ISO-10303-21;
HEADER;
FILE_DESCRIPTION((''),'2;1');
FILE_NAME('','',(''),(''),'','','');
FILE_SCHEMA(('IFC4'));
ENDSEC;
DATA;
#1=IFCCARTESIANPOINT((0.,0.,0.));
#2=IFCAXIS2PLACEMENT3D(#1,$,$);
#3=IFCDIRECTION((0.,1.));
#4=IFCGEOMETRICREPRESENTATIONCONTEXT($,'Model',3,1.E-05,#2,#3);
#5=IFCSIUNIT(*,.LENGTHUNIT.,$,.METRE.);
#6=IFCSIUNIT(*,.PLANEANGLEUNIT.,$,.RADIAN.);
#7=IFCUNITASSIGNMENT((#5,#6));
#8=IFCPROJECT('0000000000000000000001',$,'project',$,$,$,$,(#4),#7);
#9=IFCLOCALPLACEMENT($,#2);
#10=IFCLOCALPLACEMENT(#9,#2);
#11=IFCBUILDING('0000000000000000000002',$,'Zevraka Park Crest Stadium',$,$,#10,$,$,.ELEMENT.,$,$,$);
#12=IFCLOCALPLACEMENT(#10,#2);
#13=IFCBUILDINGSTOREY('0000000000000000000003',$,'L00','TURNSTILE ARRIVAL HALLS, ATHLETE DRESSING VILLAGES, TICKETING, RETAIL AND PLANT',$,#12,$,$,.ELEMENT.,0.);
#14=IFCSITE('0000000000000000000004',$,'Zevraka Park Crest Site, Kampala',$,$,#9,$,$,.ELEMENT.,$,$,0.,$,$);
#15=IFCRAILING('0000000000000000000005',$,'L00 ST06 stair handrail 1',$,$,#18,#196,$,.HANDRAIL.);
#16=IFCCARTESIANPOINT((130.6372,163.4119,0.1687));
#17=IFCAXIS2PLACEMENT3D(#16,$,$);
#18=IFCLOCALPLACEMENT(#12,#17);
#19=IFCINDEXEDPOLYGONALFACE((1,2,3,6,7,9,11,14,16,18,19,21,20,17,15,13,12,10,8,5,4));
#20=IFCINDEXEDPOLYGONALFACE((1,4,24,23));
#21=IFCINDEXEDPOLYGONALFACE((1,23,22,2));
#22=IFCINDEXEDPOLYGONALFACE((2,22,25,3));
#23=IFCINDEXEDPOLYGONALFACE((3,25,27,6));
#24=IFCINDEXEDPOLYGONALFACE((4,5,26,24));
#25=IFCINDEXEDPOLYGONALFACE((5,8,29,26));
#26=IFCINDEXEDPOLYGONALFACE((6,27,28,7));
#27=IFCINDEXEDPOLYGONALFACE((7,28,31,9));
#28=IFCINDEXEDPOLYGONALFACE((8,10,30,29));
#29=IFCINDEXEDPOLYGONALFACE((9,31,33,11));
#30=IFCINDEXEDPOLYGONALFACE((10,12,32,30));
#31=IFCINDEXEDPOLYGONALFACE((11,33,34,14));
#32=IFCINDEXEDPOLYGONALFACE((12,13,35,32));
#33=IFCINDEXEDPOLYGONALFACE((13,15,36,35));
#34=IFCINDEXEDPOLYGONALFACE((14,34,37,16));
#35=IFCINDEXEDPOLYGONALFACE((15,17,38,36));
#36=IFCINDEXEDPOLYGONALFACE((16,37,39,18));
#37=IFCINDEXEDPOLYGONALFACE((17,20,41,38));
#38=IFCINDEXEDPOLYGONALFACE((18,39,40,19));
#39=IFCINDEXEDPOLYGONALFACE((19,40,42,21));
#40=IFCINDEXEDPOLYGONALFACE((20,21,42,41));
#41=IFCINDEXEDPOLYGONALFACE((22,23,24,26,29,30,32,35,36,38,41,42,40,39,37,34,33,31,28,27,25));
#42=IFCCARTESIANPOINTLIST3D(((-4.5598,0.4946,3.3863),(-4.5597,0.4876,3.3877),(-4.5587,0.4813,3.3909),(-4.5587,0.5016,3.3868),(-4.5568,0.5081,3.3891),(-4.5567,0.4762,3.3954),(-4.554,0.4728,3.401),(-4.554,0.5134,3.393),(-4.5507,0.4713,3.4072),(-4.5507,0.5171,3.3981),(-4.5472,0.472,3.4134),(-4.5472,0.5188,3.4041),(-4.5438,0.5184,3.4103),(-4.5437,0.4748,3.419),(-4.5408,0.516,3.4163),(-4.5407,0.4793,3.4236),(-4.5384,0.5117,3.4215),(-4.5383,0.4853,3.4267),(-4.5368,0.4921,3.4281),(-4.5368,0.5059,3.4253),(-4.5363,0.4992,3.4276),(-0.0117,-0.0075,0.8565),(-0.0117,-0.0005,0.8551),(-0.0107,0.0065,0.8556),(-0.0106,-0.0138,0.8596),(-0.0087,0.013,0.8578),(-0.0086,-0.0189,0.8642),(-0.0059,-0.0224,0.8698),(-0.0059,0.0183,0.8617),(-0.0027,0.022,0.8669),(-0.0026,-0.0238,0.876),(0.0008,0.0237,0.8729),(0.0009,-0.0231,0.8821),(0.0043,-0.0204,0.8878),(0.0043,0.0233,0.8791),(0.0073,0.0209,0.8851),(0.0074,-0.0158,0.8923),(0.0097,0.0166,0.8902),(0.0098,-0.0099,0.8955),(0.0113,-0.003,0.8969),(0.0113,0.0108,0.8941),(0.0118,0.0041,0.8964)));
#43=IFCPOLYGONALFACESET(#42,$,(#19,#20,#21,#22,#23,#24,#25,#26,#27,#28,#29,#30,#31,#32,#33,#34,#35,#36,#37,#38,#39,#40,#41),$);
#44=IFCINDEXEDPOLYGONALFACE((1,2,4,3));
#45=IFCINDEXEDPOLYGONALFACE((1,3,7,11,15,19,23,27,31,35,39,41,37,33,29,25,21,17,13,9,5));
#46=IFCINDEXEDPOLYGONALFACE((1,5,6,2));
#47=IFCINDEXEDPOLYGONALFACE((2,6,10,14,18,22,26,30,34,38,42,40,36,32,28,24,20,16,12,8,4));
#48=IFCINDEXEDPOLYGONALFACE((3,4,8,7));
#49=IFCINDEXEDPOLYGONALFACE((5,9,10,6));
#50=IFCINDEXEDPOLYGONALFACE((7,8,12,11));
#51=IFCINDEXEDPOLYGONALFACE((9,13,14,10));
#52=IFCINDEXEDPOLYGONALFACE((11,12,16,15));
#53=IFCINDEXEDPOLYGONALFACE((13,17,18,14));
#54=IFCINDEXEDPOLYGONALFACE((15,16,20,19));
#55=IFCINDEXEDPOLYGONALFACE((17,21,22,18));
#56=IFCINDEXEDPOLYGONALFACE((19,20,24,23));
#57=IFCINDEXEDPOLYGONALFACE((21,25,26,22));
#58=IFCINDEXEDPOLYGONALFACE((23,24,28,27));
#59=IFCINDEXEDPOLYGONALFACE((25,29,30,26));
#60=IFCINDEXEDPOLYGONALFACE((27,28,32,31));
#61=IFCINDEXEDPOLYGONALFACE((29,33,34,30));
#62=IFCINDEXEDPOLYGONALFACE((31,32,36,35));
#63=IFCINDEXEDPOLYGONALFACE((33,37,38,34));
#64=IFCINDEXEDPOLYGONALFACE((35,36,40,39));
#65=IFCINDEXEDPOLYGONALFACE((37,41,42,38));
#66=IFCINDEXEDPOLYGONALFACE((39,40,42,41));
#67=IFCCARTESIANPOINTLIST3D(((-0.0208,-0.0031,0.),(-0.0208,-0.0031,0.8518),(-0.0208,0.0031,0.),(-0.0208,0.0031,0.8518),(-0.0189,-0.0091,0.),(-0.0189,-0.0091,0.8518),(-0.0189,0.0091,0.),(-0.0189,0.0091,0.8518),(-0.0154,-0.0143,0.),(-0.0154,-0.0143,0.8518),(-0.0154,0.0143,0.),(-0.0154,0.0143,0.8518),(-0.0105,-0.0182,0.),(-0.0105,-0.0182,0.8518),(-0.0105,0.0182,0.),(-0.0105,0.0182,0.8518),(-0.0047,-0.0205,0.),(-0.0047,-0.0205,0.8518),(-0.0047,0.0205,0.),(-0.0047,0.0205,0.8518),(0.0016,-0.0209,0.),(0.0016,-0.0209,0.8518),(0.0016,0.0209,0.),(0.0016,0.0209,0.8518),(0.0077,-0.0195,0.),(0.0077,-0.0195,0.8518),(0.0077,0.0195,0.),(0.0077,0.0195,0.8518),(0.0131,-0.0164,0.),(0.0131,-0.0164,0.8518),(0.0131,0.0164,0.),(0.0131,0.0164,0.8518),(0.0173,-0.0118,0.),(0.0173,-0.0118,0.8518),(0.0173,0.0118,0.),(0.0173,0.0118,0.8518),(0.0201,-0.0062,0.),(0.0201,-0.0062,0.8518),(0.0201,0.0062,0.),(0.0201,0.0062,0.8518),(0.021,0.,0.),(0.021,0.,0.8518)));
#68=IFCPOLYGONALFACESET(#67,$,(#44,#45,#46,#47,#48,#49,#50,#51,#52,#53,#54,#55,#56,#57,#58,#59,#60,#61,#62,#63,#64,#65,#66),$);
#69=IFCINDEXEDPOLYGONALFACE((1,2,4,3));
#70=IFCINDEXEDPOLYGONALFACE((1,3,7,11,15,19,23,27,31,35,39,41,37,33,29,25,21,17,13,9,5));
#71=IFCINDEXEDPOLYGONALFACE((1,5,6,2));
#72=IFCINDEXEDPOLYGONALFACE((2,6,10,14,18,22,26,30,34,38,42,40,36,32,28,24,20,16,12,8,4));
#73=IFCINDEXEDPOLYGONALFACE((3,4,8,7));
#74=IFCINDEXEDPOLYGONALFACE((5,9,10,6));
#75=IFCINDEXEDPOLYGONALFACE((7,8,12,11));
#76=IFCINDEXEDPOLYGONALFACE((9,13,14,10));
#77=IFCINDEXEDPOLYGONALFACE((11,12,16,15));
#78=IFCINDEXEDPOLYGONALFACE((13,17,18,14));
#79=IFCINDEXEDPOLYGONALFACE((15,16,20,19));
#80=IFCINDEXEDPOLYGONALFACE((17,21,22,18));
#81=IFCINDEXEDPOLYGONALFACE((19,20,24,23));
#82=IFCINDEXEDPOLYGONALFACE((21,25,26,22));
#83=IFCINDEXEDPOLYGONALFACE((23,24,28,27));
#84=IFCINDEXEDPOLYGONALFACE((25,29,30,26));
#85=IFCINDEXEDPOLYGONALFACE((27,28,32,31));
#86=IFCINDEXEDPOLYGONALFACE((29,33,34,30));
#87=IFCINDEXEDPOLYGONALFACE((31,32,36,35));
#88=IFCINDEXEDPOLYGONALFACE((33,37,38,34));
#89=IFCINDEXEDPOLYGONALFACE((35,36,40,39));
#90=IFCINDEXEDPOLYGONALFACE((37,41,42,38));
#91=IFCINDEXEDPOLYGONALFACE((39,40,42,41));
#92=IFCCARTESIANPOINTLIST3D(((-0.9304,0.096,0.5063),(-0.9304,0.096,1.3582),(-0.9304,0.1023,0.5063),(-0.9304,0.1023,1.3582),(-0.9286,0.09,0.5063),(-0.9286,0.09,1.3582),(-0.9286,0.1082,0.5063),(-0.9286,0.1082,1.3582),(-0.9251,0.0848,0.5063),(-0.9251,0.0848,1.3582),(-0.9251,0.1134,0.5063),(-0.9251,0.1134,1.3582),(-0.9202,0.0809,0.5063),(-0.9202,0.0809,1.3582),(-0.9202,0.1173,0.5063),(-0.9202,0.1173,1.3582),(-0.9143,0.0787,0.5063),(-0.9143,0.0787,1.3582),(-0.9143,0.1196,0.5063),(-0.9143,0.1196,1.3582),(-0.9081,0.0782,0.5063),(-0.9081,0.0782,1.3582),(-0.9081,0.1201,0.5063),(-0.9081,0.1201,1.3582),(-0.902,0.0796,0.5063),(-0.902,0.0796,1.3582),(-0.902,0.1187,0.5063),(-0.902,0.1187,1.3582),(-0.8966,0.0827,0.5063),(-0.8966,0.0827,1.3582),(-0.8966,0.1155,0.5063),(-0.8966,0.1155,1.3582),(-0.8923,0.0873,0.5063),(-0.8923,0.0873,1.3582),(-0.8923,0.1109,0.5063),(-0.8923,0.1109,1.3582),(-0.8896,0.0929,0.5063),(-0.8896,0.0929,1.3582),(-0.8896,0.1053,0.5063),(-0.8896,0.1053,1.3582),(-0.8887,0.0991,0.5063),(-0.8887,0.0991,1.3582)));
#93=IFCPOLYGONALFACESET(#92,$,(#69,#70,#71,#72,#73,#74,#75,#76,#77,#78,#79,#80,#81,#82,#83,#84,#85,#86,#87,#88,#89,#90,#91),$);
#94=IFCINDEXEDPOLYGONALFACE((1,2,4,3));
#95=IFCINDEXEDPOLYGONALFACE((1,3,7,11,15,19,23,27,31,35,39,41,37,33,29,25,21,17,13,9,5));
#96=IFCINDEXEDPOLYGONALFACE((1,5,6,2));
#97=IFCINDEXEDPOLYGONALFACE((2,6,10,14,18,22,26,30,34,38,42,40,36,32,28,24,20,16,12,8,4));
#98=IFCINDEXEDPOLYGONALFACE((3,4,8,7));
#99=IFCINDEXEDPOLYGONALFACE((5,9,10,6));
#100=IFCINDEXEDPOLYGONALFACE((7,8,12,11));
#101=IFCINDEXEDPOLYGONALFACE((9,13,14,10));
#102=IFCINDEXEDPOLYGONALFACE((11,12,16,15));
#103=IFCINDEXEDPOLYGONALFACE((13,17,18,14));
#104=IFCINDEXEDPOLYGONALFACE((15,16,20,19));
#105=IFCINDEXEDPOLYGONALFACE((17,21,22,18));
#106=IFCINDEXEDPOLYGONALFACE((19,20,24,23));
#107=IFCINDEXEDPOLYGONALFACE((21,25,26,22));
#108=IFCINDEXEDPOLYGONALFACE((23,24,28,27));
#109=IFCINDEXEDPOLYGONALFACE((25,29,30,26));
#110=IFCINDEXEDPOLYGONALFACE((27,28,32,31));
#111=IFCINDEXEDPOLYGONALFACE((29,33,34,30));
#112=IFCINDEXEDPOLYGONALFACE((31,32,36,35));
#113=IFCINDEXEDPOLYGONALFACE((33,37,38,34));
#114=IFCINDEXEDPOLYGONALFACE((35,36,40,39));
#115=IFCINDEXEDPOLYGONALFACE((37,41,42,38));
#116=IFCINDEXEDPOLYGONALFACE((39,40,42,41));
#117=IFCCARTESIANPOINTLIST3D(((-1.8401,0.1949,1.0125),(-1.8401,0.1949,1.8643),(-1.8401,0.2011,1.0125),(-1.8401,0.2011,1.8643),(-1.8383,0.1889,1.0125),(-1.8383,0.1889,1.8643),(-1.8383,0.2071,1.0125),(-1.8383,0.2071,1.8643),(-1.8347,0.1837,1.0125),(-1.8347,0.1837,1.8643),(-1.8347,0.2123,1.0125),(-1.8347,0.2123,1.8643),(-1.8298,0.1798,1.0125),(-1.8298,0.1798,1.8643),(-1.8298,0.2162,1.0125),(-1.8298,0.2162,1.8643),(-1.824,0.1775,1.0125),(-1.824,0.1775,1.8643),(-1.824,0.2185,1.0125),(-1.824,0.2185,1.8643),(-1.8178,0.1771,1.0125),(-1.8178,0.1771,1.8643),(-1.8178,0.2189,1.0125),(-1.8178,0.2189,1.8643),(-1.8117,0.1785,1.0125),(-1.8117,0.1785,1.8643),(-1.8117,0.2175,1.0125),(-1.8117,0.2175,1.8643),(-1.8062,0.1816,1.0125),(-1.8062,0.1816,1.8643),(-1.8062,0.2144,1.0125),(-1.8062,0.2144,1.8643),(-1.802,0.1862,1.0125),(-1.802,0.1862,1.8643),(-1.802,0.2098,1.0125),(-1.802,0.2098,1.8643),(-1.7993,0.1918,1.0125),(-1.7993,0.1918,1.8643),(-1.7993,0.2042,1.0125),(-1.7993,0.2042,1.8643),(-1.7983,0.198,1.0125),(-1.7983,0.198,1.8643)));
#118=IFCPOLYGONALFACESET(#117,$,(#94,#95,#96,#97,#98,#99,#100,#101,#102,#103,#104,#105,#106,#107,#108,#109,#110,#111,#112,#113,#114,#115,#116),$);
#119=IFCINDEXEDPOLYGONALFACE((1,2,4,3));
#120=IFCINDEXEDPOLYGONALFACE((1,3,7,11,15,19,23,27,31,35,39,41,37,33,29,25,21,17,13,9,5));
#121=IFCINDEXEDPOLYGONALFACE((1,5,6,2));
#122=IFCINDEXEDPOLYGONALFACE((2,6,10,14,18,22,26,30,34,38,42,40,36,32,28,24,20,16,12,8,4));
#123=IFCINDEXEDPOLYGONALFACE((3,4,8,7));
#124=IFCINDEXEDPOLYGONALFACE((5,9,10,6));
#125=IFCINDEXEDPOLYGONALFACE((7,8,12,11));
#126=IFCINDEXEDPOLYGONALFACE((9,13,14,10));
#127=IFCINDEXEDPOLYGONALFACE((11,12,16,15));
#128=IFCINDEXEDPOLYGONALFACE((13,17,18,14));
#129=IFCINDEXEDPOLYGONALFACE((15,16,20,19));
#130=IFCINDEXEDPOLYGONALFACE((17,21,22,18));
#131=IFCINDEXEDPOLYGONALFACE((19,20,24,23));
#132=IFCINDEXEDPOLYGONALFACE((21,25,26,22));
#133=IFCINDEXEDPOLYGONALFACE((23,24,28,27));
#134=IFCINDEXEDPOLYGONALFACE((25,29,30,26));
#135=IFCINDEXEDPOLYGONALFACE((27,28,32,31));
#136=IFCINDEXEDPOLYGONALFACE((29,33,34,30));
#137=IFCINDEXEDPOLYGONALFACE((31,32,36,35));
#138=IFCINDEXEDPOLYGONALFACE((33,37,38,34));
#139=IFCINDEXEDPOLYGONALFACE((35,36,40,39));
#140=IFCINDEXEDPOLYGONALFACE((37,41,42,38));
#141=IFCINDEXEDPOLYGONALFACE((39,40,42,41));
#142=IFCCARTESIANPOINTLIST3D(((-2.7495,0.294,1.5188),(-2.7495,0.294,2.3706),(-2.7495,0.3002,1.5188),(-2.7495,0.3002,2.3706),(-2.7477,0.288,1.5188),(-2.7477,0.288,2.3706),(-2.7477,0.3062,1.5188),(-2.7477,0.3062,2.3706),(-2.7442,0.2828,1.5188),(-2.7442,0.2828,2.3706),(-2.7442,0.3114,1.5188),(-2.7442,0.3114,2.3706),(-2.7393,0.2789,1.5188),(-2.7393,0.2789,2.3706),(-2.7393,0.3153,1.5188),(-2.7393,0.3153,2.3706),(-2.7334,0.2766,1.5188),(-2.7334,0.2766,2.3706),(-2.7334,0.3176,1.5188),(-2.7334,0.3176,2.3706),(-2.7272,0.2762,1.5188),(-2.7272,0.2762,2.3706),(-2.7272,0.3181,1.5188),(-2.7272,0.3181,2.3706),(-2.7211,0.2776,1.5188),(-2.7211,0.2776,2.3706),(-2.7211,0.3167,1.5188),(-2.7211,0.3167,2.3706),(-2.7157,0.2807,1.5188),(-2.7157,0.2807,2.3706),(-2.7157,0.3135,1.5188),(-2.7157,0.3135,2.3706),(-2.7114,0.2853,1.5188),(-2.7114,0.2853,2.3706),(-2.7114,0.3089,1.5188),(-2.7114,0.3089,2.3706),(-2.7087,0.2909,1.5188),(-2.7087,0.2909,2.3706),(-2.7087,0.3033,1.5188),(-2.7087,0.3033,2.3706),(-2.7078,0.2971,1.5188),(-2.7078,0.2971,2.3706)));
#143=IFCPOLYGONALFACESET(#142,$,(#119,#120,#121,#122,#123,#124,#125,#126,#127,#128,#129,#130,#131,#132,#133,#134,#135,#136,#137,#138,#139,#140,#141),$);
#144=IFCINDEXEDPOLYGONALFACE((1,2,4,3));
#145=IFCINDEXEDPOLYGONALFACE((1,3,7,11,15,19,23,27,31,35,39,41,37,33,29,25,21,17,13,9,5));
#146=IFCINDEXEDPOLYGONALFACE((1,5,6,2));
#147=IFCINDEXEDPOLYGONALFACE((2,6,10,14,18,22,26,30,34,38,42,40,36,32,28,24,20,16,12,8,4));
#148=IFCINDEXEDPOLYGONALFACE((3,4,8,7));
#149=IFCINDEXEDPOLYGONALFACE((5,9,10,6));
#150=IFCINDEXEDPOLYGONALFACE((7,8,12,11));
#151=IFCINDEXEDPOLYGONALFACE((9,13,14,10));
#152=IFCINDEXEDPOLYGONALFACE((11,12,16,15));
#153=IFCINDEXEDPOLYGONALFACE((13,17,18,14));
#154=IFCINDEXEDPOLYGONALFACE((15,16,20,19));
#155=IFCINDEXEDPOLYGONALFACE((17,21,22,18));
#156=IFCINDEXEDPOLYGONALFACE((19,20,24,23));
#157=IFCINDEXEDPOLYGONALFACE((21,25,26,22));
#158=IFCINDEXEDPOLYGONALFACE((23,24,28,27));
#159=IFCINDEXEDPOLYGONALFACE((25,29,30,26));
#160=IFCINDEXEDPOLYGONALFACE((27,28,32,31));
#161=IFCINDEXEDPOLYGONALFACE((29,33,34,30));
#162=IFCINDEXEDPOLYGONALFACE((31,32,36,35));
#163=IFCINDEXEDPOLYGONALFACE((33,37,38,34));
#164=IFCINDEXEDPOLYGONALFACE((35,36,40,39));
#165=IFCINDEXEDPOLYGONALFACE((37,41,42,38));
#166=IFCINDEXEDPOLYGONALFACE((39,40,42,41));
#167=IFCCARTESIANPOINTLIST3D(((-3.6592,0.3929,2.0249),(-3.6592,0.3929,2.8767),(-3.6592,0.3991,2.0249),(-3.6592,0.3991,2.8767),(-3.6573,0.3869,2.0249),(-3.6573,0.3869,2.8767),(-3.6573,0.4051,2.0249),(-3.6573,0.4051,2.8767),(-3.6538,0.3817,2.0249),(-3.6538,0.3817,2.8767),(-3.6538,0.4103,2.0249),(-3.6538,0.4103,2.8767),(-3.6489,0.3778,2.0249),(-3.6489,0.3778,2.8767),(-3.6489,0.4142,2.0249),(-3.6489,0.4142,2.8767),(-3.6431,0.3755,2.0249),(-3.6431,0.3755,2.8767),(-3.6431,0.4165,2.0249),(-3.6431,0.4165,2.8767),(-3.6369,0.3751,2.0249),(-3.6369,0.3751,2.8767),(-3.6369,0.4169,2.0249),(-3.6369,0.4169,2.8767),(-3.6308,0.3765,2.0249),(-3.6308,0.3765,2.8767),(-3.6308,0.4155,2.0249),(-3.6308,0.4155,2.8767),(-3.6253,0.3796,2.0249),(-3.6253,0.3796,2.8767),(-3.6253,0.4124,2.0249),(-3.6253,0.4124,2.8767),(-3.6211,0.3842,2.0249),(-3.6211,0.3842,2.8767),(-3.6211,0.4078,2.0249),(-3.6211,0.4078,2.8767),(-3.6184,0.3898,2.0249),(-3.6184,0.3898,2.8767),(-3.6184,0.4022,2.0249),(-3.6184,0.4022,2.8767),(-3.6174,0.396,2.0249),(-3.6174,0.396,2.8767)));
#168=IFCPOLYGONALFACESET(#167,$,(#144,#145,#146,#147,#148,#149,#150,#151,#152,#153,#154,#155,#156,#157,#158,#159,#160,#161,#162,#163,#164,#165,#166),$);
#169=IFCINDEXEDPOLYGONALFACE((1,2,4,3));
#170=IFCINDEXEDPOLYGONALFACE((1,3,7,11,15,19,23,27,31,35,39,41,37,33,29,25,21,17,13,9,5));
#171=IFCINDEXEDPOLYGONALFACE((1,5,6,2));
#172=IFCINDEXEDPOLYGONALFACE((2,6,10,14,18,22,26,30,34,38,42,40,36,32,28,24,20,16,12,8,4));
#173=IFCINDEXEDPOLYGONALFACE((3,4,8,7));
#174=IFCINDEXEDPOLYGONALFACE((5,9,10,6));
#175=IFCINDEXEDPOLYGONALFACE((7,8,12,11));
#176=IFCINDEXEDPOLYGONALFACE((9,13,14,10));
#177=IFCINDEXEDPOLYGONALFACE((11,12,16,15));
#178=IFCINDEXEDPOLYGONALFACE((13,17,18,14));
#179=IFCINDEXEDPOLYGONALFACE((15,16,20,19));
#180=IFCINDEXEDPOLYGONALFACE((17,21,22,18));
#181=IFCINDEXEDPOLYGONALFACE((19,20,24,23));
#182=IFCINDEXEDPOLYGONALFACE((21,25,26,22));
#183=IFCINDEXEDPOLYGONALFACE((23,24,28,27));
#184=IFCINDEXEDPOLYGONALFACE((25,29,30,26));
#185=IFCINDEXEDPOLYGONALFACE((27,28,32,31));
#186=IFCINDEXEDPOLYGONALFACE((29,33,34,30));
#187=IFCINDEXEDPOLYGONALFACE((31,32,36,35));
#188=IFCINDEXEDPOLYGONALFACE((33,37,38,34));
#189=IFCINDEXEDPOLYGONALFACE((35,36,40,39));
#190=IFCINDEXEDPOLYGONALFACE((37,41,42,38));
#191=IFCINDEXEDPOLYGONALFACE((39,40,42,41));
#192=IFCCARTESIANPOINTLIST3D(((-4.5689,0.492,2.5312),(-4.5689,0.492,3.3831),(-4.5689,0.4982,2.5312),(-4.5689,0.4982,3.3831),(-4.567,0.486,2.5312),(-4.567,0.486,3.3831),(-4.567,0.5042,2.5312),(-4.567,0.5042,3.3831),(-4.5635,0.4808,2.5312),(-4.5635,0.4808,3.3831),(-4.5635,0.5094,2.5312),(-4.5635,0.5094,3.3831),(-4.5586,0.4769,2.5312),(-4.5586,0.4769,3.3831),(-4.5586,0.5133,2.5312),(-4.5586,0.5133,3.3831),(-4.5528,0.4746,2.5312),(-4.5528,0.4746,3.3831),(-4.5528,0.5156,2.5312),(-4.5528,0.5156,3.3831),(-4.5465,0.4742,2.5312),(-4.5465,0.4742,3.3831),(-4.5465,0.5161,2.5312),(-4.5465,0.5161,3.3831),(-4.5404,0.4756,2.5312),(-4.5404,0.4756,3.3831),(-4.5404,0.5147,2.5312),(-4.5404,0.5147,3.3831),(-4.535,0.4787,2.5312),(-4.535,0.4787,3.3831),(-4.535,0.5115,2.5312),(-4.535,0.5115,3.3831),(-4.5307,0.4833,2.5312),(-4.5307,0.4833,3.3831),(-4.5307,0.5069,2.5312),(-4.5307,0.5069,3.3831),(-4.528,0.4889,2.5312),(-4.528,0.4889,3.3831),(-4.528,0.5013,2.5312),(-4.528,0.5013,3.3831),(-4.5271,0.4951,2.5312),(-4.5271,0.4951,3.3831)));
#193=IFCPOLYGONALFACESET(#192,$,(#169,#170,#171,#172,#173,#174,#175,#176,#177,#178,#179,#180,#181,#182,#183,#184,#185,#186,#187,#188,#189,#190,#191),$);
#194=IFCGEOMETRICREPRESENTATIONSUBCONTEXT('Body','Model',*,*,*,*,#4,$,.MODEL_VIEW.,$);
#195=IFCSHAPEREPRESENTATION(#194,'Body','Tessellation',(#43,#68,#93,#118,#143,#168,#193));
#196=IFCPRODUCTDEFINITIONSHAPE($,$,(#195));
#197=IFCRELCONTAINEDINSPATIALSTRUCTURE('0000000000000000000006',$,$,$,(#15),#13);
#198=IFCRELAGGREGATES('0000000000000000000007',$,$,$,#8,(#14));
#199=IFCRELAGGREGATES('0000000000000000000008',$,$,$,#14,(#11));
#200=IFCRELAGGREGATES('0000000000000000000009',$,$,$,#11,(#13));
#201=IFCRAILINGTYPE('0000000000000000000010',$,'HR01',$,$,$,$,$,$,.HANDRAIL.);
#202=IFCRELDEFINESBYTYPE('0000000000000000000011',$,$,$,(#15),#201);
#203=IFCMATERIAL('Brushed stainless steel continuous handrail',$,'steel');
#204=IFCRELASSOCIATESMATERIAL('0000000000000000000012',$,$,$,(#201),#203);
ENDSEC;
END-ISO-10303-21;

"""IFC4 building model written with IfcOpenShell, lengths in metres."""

from ifc_helpers import new_model, si_unit, direction, frame, origin, origin_2d, place, context, subcontext, project, spatial, circle, extrude, material, type_object, element, save


model = new_model("IFC4")

# Units and contexts
model_context = context("Model", 3, precision=1e-05, world=origin(), true_north=direction((0.0, 1.0)))
body_context = subcontext(model_context, "Body", "Model", "MODEL_VIEW")
ifc_project = project(units=[si_unit("LENGTHUNIT", "METRE"), si_unit("PLANEANGLEUNIT", "RADIAN")], contexts=[model_context])

# Site, building, storey
site_placement = place(None, origin())
site = spatial("IfcSite", under=ifc_project, at=site_placement, Name="Zevraka Park Crest Site, Kampala", CompositionType="ELEMENT", RefElevation=0.0)
building_placement = place(site_placement, origin())
building = spatial("IfcBuilding", under=site, at=building_placement, Name="Zevraka Park Crest Stadium", CompositionType="ELEMENT")
storey_placement = place(building_placement, origin())
storey = spatial("IfcBuildingStorey", under=building, at=storey_placement, Name="L00", Description="TURNSTILE ARRIVAL HALLS, ATHLETE DRESSING VILLAGES, TICKETING, RETAIL AND PLANT", CompositionType="ELEMENT", Elevation=0.0)

# Railing
ifc_material_1 = material(Name="Brushed stainless steel continuous handrail", Category="steel")
railing_type_1 = type_object("IfcRailingType", Name="HR01", PredefinedType="HANDRAIL", material=ifc_material_1)
railing_1_placement = place(storey_placement, frame((130.6372, 163.4119, 0.1687)))
element("IfcRailing", 1, at=railing_1_placement, inside=storey, type_object=railing_type_1, Name="L00 ST06 stair handrail 1", PredefinedType="HANDRAIL", context=body_context, shape_type="SweptSolid", body=[
    extrude(circle(Radius=0.0239, at=origin_2d()), frame((0.0, 0.0, 0.876), z_axis=(-0.869861, 0.094695, 0.484123), x_axis=(-0.108223, -0.994127, 0.0)), (0.0, 0.0, 1.0), 5.2285),
    extrude(circle(Radius=0.021, at=origin_2d()), origin(), (0.0, 0.0, 1.0), 0.8518),
    extrude(circle(Radius=0.021, at=origin_2d()), frame((-0.9097, 0.0991, 0.5063)), (0.0, 0.0, 1.0), 0.8518),
    extrude(circle(Radius=0.021, at=origin_2d()), frame((-1.8193, 0.198, 1.0125)), (0.0, 0.0, 1.0), 0.8518),
    extrude(circle(Radius=0.021, at=origin_2d()), frame((-2.7288, 0.2971, 1.5188)), (0.0, 0.0, 1.0), 0.8518),
    extrude(circle(Radius=0.021, at=origin_2d()), frame((-3.6384, 0.396, 2.0249)), (0.0, 0.0, 1.0), 0.8518),
    extrude(circle(Radius=0.021, at=origin_2d()), frame((-4.5481, 0.4951, 2.5312)), (0.0, 0.0, 1.0), 0.8518),
])

save(model, "model.ifc")
